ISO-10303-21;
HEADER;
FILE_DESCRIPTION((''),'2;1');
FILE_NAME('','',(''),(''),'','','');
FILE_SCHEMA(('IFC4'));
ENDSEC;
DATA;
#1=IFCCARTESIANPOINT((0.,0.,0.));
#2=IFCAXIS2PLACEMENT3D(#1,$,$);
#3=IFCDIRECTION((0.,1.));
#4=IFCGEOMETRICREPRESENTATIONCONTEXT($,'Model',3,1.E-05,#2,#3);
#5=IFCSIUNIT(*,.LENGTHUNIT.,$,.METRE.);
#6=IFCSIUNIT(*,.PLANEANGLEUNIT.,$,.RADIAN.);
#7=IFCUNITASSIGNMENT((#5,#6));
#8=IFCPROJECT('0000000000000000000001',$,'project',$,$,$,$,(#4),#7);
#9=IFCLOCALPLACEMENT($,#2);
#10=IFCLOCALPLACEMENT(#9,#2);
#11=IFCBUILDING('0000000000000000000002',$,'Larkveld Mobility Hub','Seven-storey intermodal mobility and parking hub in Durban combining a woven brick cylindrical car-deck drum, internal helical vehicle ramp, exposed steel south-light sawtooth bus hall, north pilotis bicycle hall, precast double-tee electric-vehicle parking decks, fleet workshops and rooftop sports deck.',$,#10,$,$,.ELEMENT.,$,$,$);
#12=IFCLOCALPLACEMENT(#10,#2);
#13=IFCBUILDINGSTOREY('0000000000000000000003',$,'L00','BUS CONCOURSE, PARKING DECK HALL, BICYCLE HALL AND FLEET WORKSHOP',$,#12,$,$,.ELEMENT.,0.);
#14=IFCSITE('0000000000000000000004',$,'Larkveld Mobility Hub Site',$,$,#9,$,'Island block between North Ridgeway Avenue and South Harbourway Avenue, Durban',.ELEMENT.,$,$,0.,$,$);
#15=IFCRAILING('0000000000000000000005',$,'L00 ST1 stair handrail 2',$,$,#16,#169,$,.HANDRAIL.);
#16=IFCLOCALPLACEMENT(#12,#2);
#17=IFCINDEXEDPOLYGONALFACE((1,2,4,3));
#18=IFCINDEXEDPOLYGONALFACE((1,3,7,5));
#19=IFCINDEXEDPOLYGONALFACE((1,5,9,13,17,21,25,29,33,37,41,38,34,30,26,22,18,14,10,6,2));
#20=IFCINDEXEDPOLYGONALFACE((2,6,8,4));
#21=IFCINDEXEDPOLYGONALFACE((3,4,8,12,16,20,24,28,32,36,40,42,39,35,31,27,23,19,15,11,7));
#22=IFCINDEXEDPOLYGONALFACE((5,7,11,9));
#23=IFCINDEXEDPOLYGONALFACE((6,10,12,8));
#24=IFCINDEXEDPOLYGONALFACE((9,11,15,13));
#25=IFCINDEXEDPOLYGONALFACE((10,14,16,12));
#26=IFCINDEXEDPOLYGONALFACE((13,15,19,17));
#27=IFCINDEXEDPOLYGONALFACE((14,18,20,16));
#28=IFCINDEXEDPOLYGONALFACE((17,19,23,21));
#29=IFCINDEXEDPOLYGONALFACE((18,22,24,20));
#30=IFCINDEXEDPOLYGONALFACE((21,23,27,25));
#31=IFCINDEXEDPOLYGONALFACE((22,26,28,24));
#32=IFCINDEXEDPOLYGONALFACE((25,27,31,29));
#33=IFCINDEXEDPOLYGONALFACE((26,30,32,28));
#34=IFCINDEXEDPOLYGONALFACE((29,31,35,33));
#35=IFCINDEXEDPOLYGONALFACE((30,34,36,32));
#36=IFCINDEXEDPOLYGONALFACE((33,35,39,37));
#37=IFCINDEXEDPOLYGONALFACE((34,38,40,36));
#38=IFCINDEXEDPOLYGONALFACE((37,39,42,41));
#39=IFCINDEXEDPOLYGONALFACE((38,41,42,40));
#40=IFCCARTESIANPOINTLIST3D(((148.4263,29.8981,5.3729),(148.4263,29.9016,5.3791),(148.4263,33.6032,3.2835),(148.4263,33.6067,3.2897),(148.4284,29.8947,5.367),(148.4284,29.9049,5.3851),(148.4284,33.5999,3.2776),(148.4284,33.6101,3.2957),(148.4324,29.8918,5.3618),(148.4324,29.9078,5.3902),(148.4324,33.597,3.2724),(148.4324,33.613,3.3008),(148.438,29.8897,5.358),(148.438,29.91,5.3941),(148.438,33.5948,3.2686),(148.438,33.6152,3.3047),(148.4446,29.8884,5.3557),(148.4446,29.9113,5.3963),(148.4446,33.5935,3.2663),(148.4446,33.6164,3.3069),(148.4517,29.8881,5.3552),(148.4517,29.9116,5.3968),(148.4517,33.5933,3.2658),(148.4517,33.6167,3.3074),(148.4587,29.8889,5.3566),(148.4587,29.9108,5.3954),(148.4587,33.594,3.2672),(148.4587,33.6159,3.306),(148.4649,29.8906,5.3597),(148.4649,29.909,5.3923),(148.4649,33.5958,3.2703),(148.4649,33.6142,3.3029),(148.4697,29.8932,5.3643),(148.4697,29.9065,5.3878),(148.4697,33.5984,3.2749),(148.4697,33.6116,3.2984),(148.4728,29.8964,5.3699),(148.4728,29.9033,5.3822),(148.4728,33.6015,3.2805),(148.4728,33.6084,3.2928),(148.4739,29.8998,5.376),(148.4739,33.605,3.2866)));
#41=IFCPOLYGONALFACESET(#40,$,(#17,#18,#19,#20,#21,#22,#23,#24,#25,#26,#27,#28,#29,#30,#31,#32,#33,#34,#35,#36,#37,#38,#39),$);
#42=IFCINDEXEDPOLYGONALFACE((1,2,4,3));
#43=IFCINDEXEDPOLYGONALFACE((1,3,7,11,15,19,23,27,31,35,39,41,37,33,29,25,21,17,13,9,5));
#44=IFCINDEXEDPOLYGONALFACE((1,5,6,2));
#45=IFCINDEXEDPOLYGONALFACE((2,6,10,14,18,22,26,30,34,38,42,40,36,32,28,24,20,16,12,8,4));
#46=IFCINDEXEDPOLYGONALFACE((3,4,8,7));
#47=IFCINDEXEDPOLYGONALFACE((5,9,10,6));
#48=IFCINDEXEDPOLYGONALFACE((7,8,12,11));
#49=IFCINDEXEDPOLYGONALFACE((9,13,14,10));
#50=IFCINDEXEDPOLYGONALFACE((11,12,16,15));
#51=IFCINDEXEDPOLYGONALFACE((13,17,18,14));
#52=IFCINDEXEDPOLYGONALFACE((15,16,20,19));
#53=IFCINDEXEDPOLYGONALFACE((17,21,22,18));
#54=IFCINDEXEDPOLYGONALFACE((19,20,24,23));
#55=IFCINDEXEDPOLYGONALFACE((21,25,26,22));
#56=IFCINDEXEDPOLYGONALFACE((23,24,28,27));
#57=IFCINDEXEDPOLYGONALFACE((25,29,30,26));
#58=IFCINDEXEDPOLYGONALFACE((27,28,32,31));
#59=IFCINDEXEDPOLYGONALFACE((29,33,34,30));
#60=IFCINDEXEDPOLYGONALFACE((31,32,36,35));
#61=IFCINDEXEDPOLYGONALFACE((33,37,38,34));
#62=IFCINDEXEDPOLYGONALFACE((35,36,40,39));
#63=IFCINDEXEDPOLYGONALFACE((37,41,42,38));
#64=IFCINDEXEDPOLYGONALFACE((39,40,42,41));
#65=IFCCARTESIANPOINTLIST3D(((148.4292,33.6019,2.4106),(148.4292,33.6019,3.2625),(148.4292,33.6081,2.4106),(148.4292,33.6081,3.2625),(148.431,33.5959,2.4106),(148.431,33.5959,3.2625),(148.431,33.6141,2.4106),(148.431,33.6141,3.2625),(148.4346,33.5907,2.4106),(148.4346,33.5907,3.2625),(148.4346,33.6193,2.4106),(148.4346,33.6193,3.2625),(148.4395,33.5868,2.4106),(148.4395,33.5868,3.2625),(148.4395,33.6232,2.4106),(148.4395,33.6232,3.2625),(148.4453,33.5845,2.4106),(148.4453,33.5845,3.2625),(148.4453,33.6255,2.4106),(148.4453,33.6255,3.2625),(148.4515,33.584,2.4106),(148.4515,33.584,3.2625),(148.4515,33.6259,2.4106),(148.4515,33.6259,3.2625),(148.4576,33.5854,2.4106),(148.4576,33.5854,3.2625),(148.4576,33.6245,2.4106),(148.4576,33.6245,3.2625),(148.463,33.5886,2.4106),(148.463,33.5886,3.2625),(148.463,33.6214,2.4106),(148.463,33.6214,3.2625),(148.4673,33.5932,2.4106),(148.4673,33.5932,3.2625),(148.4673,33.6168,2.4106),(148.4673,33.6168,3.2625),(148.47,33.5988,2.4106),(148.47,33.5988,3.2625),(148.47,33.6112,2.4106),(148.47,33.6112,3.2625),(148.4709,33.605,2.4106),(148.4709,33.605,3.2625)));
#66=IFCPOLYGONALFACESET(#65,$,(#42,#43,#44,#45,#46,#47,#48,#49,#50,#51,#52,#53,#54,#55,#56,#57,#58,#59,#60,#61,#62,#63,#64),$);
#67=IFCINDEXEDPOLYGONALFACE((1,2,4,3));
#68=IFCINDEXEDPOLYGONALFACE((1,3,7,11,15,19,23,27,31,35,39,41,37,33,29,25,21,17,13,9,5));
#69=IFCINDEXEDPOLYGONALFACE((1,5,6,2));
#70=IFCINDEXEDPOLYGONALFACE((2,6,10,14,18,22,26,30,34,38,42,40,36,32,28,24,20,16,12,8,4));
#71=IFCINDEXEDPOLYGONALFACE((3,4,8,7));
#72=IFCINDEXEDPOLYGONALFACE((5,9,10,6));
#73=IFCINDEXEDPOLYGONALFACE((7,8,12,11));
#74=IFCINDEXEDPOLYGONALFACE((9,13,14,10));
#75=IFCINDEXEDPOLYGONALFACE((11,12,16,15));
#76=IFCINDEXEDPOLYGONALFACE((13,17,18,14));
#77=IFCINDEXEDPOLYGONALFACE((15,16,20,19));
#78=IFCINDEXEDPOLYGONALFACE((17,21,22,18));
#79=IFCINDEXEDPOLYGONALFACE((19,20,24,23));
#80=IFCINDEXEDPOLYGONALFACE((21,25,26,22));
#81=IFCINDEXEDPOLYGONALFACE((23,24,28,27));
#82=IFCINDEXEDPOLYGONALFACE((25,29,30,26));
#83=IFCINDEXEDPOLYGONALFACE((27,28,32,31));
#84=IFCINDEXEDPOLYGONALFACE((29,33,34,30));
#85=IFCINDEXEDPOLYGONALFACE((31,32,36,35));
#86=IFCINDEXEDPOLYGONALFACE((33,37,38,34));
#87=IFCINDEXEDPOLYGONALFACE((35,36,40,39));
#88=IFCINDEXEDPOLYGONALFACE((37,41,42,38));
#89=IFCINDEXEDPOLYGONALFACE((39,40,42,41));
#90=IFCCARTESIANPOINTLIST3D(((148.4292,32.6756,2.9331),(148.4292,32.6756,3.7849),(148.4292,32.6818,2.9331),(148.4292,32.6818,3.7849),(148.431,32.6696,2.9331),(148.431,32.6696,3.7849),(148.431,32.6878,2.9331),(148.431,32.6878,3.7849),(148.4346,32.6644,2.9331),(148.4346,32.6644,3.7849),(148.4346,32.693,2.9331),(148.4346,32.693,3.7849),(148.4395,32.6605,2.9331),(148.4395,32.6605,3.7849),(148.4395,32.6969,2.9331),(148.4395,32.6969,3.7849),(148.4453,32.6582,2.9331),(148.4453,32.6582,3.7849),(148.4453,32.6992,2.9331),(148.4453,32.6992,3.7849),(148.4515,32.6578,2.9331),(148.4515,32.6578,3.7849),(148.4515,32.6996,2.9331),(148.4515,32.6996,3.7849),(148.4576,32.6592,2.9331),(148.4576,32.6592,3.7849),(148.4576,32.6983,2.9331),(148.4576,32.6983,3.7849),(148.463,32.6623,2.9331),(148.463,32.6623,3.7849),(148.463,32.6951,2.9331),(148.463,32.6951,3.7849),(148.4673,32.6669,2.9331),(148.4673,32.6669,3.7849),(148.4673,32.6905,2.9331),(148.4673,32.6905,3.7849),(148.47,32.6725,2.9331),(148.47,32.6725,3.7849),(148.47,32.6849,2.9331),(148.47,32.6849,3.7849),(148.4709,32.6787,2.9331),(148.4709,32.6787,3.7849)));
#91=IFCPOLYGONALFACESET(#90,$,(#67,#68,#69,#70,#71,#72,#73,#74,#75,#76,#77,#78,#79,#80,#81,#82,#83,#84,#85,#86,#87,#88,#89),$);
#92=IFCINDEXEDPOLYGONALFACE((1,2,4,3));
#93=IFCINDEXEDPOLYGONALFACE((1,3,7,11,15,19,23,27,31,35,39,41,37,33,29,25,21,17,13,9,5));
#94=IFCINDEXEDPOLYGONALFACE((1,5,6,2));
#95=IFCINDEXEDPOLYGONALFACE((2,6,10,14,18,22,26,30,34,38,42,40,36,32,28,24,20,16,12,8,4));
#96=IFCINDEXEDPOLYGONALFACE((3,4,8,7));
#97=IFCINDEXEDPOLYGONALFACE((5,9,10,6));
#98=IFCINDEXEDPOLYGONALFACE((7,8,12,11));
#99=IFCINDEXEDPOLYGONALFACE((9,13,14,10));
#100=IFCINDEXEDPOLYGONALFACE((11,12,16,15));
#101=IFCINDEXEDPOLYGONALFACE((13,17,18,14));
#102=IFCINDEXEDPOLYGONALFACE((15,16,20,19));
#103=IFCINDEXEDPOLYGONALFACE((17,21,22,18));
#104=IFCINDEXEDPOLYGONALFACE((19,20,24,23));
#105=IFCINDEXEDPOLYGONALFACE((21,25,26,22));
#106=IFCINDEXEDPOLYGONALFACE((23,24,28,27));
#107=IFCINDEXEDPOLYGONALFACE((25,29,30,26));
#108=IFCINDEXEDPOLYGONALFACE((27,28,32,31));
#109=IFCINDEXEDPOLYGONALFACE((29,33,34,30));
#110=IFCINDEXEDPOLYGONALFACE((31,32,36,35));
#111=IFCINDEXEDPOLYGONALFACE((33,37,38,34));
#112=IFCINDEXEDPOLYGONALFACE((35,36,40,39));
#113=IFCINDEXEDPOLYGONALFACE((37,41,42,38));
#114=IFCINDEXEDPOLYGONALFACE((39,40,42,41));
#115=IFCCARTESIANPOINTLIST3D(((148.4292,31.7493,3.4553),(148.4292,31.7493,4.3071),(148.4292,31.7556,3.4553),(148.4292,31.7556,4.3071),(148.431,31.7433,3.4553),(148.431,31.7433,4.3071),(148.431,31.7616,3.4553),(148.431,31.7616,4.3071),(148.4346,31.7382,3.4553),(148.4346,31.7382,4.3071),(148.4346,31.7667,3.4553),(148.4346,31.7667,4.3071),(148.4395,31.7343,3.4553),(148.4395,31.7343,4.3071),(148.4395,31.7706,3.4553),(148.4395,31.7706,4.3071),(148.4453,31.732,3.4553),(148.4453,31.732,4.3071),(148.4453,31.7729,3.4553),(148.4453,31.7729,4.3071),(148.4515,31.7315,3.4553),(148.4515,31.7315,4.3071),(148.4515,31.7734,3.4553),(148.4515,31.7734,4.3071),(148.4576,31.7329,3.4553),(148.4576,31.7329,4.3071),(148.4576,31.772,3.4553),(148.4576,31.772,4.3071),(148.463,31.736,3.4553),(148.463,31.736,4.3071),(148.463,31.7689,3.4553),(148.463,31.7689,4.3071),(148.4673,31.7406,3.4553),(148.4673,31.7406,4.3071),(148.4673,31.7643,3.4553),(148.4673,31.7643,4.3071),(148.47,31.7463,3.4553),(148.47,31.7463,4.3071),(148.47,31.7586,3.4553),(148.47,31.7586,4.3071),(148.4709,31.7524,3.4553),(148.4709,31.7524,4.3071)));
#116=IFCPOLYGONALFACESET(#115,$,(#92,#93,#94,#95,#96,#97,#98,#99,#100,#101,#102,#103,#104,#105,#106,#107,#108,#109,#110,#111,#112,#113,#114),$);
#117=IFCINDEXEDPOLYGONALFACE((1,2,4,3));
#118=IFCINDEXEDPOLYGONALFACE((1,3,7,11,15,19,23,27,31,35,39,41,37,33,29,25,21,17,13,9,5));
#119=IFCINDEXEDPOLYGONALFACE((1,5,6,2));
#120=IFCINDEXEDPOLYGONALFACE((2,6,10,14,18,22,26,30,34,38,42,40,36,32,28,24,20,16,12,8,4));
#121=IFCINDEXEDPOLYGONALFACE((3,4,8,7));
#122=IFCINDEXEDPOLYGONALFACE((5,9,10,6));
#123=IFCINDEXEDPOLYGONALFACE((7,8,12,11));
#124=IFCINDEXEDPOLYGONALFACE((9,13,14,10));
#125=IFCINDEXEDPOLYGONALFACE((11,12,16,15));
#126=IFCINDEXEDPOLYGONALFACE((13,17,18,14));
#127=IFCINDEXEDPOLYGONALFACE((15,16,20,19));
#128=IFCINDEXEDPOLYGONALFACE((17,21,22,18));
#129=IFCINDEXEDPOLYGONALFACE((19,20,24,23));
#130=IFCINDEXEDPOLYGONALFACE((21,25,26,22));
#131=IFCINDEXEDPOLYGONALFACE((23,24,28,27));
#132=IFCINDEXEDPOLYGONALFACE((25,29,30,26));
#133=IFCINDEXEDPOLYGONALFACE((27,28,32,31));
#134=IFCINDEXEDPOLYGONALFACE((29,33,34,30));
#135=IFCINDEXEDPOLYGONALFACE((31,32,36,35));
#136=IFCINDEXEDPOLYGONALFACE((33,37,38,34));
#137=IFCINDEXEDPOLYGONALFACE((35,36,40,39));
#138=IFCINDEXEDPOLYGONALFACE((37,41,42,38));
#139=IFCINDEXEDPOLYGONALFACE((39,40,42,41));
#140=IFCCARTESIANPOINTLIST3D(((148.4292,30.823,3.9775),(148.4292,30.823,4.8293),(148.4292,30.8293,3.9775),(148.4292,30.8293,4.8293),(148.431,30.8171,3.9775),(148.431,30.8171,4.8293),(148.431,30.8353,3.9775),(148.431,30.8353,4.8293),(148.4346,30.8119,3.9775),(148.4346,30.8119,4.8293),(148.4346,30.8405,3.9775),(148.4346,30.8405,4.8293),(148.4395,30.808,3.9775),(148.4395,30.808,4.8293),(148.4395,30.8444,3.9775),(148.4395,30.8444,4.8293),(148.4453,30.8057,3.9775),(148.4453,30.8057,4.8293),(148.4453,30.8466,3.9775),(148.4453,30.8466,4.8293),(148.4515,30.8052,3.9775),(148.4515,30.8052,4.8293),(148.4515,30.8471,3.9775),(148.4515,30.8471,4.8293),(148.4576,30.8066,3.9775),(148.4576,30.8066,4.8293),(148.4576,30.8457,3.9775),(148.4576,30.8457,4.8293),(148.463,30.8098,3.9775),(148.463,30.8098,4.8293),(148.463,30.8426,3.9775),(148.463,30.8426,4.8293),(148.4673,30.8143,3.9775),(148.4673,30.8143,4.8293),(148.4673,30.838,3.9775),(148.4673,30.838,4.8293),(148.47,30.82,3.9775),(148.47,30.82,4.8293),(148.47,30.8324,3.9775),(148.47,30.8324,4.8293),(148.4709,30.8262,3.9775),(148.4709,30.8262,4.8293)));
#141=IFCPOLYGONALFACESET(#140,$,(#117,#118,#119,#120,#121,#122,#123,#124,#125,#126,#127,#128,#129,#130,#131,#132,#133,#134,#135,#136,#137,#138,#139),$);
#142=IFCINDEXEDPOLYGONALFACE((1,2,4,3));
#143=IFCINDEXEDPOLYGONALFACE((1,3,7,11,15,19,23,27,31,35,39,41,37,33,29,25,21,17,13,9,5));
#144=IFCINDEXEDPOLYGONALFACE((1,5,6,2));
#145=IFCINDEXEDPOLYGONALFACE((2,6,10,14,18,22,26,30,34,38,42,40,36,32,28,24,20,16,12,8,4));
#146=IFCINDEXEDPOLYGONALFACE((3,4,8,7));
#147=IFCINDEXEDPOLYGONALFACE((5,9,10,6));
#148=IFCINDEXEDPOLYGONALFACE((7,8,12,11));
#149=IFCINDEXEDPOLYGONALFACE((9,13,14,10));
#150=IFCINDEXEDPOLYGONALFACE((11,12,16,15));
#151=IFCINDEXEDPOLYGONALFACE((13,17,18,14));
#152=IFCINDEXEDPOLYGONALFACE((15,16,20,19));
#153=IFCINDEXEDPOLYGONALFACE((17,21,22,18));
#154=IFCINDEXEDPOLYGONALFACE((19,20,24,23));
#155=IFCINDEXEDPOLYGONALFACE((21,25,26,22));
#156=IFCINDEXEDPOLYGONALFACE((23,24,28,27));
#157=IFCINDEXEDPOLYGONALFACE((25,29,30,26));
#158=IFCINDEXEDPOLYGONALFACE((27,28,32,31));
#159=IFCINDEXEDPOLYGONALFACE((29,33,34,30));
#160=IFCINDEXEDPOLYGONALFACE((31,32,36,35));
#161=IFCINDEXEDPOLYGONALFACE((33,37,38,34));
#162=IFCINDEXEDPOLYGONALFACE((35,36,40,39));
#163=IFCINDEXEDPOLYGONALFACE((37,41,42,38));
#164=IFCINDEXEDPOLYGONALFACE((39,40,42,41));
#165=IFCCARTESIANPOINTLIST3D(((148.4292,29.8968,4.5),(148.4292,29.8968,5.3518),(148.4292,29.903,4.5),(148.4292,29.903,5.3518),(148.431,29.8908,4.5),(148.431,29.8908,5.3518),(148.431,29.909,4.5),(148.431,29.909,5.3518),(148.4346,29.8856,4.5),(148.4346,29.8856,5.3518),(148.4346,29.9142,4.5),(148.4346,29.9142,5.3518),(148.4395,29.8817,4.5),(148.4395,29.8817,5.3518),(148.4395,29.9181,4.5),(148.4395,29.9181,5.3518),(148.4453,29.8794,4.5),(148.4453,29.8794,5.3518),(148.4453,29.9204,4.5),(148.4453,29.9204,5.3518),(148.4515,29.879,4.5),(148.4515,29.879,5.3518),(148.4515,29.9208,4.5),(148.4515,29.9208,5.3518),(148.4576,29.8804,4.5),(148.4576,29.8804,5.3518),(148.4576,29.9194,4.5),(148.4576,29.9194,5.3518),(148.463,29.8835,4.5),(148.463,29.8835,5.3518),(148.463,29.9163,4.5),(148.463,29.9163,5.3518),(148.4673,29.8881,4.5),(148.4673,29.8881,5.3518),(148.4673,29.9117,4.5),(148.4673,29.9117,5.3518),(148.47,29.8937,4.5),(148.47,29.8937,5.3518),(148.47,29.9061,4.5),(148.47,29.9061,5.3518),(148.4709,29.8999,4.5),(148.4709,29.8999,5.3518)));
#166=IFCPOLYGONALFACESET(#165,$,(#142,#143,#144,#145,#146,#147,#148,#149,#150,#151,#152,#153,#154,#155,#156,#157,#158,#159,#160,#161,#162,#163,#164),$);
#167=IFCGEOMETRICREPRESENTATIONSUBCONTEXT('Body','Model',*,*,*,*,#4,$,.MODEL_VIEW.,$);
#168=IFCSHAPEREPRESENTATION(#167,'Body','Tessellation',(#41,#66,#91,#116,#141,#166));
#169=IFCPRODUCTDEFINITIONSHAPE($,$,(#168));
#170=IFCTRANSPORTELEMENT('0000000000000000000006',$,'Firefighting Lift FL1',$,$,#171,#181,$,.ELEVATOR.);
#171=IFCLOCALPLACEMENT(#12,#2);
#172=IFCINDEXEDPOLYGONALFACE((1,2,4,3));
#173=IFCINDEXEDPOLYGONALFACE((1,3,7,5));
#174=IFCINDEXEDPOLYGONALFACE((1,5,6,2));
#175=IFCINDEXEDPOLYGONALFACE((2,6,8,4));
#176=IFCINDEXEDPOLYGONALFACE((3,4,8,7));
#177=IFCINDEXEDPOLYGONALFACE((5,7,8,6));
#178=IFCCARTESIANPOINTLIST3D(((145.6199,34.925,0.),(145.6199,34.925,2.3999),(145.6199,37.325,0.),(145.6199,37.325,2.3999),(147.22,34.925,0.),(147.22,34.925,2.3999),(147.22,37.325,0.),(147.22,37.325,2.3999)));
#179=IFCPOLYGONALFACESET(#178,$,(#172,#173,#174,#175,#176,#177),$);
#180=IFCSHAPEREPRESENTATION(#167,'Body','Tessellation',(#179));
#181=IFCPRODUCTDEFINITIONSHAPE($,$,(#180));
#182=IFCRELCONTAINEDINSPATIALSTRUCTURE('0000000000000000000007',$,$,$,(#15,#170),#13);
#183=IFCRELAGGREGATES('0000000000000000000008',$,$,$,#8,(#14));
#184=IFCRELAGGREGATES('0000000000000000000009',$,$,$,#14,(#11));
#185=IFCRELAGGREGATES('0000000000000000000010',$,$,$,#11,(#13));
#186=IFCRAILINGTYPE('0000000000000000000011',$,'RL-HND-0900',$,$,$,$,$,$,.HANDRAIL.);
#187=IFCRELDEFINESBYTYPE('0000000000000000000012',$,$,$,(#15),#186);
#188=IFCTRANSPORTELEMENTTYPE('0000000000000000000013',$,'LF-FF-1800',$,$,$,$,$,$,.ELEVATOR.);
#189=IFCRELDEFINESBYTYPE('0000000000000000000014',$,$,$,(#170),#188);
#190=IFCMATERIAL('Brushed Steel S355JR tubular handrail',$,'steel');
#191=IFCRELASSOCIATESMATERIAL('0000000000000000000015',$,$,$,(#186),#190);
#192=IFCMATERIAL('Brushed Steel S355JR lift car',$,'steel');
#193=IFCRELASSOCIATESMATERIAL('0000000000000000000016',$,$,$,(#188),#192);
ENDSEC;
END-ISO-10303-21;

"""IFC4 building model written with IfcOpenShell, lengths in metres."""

from ifc_helpers import new_model, si_unit, direction, frame, origin, origin_2d, place, context, subcontext, project, spatial, rectangle, circle, extrude, material, type_object, element, save


model = new_model("IFC4")

# Units and contexts
model_context = context("Model", 3, precision=1e-05, world=origin(), true_north=direction((0.0, 1.0)))
body_context = subcontext(model_context, "Body", "Model", "MODEL_VIEW")
ifc_project = project(units=[si_unit("LENGTHUNIT", "METRE"), si_unit("PLANEANGLEUNIT", "RADIAN")], contexts=[model_context])

# Site, building, storey
site_placement = place(None, origin())
site = spatial("IfcSite", under=ifc_project, at=site_placement, Name="Larkveld Mobility Hub Site", LongName="Island block between North Ridgeway Avenue and South Harbourway Avenue, Durban", CompositionType="ELEMENT", RefElevation=0.0)
building_placement = place(site_placement, origin())
building = spatial("IfcBuilding", under=site, at=building_placement, Name="Larkveld Mobility Hub", Description="Seven-storey intermodal mobility and parking hub in Durban combining a woven brick cylindrical car-deck drum, internal helical vehicle ramp, exposed steel south-light sawtooth bus hall, north pilotis bicycle hall, precast double-tee electric-vehicle parking decks, fleet workshops and rooftop sports deck.", CompositionType="ELEMENT")
storey_placement = place(building_placement, origin())
storey = spatial("IfcBuildingStorey", under=building, at=storey_placement, Name="L00", Description="BUS CONCOURSE, PARKING DECK HALL, BICYCLE HALL AND FLEET WORKSHOP", CompositionType="ELEMENT", Elevation=0.0)

# Railing
ifc_material_1 = material(Name="Brushed Steel S355JR tubular handrail", Category="steel")
railing_type_1 = type_object("IfcRailingType", Name="RL-HND-0900", PredefinedType="HANDRAIL", material=ifc_material_1)
railing_1_placement = place(storey_placement, frame((148.45, 33.605, 2.4106)))
element("IfcRailing", 1, at=railing_1_placement, inside=storey, type_object=railing_type_1, Name="L00 ST1 stair handrail 2", PredefinedType="HANDRAIL", context=body_context, shape_type="SweptSolid", body=[
    extrude(circle(Radius=0.0239, at=origin_2d()), frame((0.0, 0.0, 0.876), z_axis=(0.0, -0.871048, 0.491198), x_axis=(1.0, 0.0, 0.0)), (0.0, 0.0, 1.0), 4.2537),
    extrude(circle(Radius=0.021, at=origin_2d()), origin(), (0.0, 0.0, 1.0), 0.8518),
    extrude(circle(Radius=0.021, at=origin_2d()), frame((0.0, -0.9263, 0.5225)), (0.0, 0.0, 1.0), 0.8518),
    extrude(circle(Radius=0.021, at=origin_2d()), frame((0.0, -1.8525, 1.0447)), (0.0, 0.0, 1.0), 0.8518),
    extrude(circle(Radius=0.021, at=origin_2d()), frame((0.0, -2.7788, 1.5669)), (0.0, 0.0, 1.0), 0.8518),
    extrude(circle(Radius=0.021, at=origin_2d()), frame((0.0, -3.7051, 2.0894)), (0.0, 0.0, 1.0), 0.8518),
])

# Transport element
ifc_material_2 = material(Name="Brushed Steel S355JR lift car", Category="steel")
transport_element_type = type_object("IfcTransportElementType", Name="LF-FF-1800", PredefinedType="ELEVATOR", material=ifc_material_2)
transport_element_placement = place(storey_placement, frame((146.4199, 36.125, 0.0), z_axis=(0.0, 0.0, 1.0), x_axis=(1.0, 0.0, 0.0)))
element("IfcTransportElement", 2, at=transport_element_placement, inside=storey, type_object=transport_element_type, Name="Firefighting Lift FL1", PredefinedType="ELEVATOR", context=body_context, shape_type="SweptSolid", body=[
    extrude(rectangle(XDim=1.6001, YDim=2.3999, at=origin_2d()), origin(), (0.0, 0.0, 1.0), 2.3999),
])

save(model, "model.ifc")
